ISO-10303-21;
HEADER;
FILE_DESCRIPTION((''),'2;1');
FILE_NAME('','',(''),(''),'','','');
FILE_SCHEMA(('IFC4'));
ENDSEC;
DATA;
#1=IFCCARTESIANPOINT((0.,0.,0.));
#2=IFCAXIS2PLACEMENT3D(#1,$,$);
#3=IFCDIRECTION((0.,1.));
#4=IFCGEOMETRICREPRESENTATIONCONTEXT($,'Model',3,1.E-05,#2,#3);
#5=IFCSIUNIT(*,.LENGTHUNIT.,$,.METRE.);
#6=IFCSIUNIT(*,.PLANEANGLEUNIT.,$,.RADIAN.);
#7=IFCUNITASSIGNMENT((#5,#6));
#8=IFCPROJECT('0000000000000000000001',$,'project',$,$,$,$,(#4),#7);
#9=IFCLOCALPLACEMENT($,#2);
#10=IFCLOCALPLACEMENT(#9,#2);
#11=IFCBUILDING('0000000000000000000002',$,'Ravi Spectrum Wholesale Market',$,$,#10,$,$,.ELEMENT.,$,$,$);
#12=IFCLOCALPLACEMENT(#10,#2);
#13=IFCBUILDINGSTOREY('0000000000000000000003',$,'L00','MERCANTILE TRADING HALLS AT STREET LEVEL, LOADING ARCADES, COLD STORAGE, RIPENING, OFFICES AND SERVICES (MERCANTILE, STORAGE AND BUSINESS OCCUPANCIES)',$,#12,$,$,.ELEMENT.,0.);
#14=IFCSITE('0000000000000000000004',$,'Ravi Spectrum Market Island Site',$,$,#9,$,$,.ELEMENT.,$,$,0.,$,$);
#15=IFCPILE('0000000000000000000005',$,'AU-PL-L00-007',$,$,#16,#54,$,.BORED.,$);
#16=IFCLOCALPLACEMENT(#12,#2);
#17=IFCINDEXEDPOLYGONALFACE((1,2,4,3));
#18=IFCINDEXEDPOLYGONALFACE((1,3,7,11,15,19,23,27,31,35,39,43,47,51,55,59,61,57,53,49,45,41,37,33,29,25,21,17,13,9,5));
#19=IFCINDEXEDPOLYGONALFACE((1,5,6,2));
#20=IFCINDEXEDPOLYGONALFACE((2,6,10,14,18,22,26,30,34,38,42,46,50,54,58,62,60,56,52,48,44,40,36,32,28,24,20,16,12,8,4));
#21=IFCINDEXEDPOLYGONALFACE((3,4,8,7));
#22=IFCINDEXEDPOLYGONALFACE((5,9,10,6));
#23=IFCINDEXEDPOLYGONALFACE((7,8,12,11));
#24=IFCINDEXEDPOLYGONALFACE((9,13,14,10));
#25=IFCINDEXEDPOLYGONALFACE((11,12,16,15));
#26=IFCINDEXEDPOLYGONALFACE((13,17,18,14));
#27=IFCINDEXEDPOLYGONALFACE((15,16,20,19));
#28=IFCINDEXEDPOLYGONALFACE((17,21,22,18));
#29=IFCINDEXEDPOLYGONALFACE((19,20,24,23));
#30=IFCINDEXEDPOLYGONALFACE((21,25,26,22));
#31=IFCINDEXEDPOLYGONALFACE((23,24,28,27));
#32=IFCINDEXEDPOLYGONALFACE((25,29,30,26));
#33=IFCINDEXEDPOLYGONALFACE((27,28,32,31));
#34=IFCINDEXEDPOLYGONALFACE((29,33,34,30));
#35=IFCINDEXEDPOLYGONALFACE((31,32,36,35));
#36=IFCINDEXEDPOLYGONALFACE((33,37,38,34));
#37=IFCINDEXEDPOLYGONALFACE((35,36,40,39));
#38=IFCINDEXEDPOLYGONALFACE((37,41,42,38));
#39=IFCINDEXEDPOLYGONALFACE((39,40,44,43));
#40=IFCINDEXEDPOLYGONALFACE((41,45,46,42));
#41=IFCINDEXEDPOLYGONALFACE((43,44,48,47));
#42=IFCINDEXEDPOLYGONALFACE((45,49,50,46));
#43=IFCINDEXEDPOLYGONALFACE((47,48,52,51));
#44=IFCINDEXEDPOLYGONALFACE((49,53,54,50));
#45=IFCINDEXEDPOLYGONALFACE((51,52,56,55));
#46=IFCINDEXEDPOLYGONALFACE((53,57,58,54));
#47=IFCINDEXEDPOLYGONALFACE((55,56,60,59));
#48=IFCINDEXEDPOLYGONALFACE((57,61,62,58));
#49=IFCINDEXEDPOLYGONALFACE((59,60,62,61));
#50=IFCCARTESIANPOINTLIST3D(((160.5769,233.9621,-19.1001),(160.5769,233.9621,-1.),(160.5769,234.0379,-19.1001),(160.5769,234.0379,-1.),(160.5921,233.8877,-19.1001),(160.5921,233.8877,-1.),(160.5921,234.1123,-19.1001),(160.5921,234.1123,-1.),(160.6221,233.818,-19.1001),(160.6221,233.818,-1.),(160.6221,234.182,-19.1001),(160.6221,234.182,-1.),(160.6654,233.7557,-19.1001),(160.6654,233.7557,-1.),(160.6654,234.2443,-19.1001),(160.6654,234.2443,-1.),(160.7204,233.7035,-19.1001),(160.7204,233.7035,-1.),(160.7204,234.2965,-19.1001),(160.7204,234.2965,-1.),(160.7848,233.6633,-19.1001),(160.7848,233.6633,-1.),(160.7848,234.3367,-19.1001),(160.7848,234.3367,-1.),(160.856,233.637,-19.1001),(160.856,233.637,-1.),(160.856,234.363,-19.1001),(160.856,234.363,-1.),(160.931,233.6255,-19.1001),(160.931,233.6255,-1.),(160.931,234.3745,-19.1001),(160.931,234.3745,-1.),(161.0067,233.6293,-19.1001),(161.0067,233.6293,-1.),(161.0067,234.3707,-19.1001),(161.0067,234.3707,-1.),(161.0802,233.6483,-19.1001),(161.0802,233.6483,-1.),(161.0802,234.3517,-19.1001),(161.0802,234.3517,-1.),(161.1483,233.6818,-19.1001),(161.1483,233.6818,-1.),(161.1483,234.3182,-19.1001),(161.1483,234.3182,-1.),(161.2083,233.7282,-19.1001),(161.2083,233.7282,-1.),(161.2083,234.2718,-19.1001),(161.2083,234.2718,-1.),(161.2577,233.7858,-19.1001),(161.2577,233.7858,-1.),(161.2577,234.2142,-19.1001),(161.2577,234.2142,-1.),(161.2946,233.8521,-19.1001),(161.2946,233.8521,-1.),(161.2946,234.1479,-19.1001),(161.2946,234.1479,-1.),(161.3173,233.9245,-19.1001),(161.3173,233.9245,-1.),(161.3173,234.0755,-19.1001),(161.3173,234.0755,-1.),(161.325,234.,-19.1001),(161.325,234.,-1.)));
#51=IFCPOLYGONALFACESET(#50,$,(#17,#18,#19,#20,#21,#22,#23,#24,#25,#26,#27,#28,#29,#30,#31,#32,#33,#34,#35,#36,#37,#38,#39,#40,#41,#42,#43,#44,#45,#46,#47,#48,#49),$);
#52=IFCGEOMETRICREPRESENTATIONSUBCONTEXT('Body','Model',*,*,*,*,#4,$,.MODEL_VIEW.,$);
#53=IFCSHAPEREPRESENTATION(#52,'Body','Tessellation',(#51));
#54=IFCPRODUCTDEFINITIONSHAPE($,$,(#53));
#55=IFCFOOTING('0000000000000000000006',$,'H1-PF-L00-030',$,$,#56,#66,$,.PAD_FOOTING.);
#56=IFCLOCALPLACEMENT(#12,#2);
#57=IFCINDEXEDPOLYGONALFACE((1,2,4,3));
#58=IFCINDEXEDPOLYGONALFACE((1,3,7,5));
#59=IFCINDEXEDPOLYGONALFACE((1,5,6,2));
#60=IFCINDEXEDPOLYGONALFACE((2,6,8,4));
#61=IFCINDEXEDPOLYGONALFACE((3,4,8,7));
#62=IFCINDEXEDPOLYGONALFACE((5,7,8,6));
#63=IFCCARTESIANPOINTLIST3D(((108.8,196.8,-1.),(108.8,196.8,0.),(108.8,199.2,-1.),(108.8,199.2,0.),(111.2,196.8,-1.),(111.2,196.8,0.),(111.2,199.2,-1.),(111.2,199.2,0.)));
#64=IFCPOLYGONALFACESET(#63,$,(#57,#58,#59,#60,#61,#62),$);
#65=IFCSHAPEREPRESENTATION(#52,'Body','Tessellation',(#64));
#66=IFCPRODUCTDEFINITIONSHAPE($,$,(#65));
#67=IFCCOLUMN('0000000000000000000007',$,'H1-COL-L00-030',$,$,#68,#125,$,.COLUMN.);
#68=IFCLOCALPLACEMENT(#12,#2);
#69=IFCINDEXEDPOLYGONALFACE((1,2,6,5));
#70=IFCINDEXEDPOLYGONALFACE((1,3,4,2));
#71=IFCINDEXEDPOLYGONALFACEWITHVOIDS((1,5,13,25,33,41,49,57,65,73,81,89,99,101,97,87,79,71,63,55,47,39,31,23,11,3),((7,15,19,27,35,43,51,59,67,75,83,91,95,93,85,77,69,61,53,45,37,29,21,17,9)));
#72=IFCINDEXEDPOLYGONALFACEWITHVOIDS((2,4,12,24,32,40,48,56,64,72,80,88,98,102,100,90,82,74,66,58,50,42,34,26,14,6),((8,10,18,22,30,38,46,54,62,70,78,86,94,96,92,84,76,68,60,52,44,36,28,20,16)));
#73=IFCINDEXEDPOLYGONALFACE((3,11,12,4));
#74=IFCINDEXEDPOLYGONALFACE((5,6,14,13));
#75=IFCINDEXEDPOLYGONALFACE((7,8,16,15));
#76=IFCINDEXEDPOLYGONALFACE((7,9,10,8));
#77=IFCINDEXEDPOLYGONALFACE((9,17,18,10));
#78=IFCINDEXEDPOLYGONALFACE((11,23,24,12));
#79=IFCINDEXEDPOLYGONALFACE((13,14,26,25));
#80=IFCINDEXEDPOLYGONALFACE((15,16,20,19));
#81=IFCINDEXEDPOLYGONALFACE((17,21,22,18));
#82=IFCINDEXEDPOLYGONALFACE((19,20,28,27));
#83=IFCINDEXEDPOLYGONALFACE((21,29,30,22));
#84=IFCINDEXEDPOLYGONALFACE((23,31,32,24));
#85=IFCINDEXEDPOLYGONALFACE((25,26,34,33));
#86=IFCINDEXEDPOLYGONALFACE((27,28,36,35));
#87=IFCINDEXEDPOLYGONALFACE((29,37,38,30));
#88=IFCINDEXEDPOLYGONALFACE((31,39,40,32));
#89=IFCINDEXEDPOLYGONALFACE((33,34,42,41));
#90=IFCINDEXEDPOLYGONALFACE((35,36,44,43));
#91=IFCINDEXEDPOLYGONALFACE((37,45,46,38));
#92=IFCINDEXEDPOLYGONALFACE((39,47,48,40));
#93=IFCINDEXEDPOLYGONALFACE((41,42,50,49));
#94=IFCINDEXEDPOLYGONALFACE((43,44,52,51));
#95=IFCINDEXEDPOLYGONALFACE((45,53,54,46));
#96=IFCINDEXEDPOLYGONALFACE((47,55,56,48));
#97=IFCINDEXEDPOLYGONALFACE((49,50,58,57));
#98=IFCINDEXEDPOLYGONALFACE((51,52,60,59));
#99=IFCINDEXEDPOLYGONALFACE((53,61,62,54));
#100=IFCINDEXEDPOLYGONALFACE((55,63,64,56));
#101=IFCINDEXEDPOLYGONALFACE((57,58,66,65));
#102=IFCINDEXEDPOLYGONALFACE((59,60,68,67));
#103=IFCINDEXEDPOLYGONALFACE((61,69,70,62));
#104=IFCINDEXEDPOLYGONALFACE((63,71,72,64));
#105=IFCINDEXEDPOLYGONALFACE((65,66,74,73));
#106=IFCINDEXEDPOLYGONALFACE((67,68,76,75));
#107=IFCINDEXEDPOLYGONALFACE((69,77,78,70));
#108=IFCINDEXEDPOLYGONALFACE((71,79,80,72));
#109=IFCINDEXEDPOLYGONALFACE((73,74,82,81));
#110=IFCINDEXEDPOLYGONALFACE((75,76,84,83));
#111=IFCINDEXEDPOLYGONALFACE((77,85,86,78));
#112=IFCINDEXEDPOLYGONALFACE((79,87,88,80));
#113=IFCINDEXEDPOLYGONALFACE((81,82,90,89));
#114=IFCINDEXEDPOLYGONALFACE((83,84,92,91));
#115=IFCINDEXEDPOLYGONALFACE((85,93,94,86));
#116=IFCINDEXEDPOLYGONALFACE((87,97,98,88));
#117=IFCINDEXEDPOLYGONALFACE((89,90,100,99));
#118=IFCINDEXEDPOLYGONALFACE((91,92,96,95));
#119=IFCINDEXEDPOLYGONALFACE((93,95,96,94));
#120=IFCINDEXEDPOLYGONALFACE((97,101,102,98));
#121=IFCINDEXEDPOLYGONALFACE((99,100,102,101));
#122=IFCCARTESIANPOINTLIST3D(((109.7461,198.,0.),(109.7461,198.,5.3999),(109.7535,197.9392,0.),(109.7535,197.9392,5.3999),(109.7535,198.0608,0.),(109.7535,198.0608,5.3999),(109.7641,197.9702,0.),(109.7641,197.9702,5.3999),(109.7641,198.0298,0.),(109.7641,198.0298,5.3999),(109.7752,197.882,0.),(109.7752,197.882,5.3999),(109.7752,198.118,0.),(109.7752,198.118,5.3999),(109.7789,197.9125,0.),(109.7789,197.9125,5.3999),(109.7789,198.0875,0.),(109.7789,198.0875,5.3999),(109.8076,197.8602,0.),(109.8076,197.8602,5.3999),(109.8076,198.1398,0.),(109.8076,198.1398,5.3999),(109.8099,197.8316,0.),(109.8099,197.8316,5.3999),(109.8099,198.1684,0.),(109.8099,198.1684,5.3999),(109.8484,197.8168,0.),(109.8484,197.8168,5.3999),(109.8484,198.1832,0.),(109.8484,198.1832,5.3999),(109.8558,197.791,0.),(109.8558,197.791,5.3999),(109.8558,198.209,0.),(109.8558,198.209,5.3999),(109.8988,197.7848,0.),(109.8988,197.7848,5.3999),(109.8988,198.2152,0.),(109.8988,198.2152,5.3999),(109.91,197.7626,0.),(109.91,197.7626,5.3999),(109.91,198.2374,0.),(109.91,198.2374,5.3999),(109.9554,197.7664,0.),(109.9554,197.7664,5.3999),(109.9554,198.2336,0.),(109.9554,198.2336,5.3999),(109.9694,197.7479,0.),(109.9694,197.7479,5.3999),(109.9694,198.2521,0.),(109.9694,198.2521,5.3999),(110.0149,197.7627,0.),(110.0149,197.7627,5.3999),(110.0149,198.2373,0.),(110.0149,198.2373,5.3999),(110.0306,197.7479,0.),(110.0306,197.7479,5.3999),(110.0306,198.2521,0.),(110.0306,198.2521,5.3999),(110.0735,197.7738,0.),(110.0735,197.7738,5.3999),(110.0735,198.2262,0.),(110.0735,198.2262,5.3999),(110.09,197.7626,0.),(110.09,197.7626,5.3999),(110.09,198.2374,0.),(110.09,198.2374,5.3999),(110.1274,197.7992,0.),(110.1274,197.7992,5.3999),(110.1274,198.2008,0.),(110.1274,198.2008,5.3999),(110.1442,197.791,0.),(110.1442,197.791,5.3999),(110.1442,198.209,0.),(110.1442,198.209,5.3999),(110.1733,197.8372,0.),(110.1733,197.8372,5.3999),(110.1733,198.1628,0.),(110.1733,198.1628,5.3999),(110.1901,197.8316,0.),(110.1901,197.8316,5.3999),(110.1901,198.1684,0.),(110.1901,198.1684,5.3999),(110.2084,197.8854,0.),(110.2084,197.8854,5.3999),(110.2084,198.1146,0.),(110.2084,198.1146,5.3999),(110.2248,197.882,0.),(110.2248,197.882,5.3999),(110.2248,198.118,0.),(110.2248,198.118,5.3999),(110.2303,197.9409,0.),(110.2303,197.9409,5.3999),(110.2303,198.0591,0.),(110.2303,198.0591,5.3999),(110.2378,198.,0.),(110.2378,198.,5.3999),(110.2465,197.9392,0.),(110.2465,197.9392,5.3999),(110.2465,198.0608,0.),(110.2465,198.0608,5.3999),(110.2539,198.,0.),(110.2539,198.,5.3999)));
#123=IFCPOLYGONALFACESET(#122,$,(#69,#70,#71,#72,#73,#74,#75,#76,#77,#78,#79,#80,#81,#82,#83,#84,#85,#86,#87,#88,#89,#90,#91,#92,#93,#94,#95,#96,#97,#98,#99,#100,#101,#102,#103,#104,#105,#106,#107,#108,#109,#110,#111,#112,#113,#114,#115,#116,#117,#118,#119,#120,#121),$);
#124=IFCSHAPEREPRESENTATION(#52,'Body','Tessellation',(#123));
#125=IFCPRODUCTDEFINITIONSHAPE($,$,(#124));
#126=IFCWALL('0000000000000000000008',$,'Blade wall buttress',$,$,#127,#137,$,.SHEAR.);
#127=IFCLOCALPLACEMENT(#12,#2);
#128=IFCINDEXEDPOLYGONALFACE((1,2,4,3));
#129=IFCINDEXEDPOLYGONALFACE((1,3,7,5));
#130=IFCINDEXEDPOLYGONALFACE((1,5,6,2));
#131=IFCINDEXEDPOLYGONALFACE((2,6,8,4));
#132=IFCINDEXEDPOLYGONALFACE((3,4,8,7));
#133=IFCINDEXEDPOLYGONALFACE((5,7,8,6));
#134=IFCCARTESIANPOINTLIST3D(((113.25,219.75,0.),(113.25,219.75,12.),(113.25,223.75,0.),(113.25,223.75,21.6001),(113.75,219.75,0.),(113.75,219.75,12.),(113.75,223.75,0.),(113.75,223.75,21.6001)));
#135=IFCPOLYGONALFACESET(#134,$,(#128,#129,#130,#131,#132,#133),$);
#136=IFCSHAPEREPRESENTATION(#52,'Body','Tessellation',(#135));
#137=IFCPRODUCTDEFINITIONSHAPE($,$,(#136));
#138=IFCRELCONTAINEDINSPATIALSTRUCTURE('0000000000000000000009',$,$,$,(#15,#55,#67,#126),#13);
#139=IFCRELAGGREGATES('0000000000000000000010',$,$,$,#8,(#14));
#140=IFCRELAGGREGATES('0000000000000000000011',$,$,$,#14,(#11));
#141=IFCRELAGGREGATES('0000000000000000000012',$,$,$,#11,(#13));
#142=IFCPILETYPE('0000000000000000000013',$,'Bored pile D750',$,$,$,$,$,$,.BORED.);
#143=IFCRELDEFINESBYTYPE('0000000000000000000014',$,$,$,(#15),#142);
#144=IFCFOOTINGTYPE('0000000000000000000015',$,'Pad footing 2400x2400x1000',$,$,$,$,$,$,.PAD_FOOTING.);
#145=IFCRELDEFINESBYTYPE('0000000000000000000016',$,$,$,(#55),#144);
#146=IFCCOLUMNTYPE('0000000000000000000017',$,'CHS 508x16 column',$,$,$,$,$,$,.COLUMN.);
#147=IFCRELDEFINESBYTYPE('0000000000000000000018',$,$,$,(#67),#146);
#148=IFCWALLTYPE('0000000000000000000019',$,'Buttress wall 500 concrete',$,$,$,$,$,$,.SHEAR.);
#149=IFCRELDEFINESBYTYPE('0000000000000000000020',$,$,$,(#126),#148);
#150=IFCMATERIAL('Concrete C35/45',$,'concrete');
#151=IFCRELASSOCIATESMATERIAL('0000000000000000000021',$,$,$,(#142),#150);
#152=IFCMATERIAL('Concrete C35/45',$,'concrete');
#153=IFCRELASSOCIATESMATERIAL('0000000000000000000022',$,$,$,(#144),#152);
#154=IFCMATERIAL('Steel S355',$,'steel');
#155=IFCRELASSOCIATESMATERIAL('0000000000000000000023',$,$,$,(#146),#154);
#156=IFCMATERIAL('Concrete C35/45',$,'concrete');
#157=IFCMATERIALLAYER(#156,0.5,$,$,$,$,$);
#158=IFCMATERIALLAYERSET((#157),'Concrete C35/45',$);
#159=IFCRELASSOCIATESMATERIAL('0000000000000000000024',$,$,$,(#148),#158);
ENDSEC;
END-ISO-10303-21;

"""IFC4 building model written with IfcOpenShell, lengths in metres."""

from ifc_helpers import new_model, si_unit, direction, frame, origin, origin_2d, place, context, subcontext, project, spatial, polyline, rectangle, circle, hollow_circle, outline, extrude, material, layer, layer_set, material_profile, profile_set, type_object, element, save


model = new_model("IFC4")

# Units and contexts
model_context = context("Model", 3, precision=1e-05, world=origin(), true_north=direction((0.0, 1.0)))
body_context = subcontext(model_context, "Body", "Model", "MODEL_VIEW")
ifc_project = project(units=[si_unit("LENGTHUNIT", "METRE"), si_unit("PLANEANGLEUNIT", "RADIAN")], contexts=[model_context])

# Site, building, storey
site_placement = place(None, origin())
site = spatial("IfcSite", under=ifc_project, at=site_placement, Name="Ravi Spectrum Market Island Site", CompositionType="ELEMENT", RefElevation=0.0)
building_placement = place(site_placement, origin())
building = spatial("IfcBuilding", under=site, at=building_placement, Name="Ravi Spectrum Wholesale Market", CompositionType="ELEMENT")
storey_placement = place(building_placement, origin())
storey = spatial("IfcBuildingStorey", under=building, at=storey_placement, Name="L00", Description="MERCANTILE TRADING HALLS AT STREET LEVEL, LOADING ARCADES, COLD STORAGE, RIPENING, OFFICES AND SERVICES (MERCANTILE, STORAGE AND BUSINESS OCCUPANCIES)", CompositionType="ELEMENT", Elevation=0.0)

# Pile
ifc_material_1 = material(Name="Concrete C35/45", Category="concrete")
ifc_material_profile_1 = material_profile(ifc_material_1, circle(Radius=0.375, at=origin_2d()))
ifc_profile_set_1 = profile_set([ifc_material_profile_1], Name="Concrete C35/45")
pile_type = type_object("IfcPileType", Name="Bored pile D750", PredefinedType="BORED", material=ifc_profile_set_1)
pile_placement = place(storey_placement, frame((160.95, 234.0, -1.0), z_axis=(0.0, 0.0, -1.0), x_axis=(1.0, 0.0, 0.0)))
element("IfcPile", 1, at=pile_placement, inside=storey, type_object=pile_type, Name="AU-PL-L00-007", PredefinedType="BORED", context=body_context, shape_type="SweptSolid", body=[
    extrude(circle(Radius=0.375, at=origin_2d()), origin(), (0.0, 0.0, 1.0), 18.1001),
])

# Footing
ifc_material_2 = material(Name="Concrete C35/45", Category="concrete")
footing_type = type_object("IfcFootingType", Name="Pad footing 2400x2400x1000", PredefinedType="PAD_FOOTING", material=ifc_material_2)
footing_placement = place(storey_placement, frame((110.0, 198.0, -1.0), z_axis=(0.0, 0.0, 1.0), x_axis=(1.0, 0.0, 0.0)))
element("IfcFooting", 2, at=footing_placement, inside=storey, type_object=footing_type, Name="H1-PF-L00-030", PredefinedType="PAD_FOOTING", context=body_context, shape_type="SweptSolid", body=[
    extrude(rectangle(XDim=2.3999, YDim=2.3999, at=origin_2d()), origin(), (0.0, 0.0, 1.0), 1.0),
])

# Column
ifc_material_3 = material(Name="Steel S355", Category="steel")
ifc_material_profile_2 = material_profile(ifc_material_3, hollow_circle(Radius=0.2539, WallThickness=0.0161, at=origin_2d()))
ifc_profile_set_2 = profile_set([ifc_material_profile_2], Name="Steel S355")
column_type = type_object("IfcColumnType", Name="CHS 508x16 column", PredefinedType="COLUMN", material=ifc_profile_set_2)
column_placement = place(storey_placement, frame((110.0, 198.0, 0.0), z_axis=(0.0, 0.0, 1.0), x_axis=(1.0, 0.0, 0.0)))
element("IfcColumn", 3, at=column_placement, inside=storey, type_object=column_type, Name="H1-COL-L00-030", PredefinedType="COLUMN", context=body_context, shape_type="SweptSolid", body=[
    extrude(hollow_circle(Radius=0.2539, WallThickness=0.0161, at=origin_2d()), origin(), (0.0, 0.0, 1.0), 5.3999),
])

# Wall
ifc_material_4 = material(Name="Concrete C35/45", Category="concrete")
ifc_layer_1 = layer(ifc_material_4, 0.5)
ifc_layer_set_1 = layer_set([ifc_layer_1], Name="Concrete C35/45")
wall_type_1 = type_object("IfcWallType", Name="Buttress wall 500 concrete", PredefinedType="SHEAR", material=ifc_layer_set_1)
wall_1_placement = place(storey_placement, frame((113.5, 223.75, 0.0), z_axis=(0.0, 0.0, 1.0), x_axis=(0.0, -1.0, 0.0)))
element("IfcWall", 4, at=wall_1_placement, inside=storey, type_object=wall_type_1, Name="Blade wall buttress", PredefinedType="SHEAR", context=body_context, shape_type="SweptSolid", body=[
    extrude(outline(polyline([(0.0, 0.0), (4.0, 0.0), (4.0, 12.0), (0.0, 21.6001), (0.0, 0.0)])), frame((0.0, 0.25, 0.0), z_axis=(0.0, -1.0, 0.0), x_axis=(1.0, 0.0, 0.0)), (0.0, 0.0, 1.0), 0.5),
])

save(model, "model.ifc")
